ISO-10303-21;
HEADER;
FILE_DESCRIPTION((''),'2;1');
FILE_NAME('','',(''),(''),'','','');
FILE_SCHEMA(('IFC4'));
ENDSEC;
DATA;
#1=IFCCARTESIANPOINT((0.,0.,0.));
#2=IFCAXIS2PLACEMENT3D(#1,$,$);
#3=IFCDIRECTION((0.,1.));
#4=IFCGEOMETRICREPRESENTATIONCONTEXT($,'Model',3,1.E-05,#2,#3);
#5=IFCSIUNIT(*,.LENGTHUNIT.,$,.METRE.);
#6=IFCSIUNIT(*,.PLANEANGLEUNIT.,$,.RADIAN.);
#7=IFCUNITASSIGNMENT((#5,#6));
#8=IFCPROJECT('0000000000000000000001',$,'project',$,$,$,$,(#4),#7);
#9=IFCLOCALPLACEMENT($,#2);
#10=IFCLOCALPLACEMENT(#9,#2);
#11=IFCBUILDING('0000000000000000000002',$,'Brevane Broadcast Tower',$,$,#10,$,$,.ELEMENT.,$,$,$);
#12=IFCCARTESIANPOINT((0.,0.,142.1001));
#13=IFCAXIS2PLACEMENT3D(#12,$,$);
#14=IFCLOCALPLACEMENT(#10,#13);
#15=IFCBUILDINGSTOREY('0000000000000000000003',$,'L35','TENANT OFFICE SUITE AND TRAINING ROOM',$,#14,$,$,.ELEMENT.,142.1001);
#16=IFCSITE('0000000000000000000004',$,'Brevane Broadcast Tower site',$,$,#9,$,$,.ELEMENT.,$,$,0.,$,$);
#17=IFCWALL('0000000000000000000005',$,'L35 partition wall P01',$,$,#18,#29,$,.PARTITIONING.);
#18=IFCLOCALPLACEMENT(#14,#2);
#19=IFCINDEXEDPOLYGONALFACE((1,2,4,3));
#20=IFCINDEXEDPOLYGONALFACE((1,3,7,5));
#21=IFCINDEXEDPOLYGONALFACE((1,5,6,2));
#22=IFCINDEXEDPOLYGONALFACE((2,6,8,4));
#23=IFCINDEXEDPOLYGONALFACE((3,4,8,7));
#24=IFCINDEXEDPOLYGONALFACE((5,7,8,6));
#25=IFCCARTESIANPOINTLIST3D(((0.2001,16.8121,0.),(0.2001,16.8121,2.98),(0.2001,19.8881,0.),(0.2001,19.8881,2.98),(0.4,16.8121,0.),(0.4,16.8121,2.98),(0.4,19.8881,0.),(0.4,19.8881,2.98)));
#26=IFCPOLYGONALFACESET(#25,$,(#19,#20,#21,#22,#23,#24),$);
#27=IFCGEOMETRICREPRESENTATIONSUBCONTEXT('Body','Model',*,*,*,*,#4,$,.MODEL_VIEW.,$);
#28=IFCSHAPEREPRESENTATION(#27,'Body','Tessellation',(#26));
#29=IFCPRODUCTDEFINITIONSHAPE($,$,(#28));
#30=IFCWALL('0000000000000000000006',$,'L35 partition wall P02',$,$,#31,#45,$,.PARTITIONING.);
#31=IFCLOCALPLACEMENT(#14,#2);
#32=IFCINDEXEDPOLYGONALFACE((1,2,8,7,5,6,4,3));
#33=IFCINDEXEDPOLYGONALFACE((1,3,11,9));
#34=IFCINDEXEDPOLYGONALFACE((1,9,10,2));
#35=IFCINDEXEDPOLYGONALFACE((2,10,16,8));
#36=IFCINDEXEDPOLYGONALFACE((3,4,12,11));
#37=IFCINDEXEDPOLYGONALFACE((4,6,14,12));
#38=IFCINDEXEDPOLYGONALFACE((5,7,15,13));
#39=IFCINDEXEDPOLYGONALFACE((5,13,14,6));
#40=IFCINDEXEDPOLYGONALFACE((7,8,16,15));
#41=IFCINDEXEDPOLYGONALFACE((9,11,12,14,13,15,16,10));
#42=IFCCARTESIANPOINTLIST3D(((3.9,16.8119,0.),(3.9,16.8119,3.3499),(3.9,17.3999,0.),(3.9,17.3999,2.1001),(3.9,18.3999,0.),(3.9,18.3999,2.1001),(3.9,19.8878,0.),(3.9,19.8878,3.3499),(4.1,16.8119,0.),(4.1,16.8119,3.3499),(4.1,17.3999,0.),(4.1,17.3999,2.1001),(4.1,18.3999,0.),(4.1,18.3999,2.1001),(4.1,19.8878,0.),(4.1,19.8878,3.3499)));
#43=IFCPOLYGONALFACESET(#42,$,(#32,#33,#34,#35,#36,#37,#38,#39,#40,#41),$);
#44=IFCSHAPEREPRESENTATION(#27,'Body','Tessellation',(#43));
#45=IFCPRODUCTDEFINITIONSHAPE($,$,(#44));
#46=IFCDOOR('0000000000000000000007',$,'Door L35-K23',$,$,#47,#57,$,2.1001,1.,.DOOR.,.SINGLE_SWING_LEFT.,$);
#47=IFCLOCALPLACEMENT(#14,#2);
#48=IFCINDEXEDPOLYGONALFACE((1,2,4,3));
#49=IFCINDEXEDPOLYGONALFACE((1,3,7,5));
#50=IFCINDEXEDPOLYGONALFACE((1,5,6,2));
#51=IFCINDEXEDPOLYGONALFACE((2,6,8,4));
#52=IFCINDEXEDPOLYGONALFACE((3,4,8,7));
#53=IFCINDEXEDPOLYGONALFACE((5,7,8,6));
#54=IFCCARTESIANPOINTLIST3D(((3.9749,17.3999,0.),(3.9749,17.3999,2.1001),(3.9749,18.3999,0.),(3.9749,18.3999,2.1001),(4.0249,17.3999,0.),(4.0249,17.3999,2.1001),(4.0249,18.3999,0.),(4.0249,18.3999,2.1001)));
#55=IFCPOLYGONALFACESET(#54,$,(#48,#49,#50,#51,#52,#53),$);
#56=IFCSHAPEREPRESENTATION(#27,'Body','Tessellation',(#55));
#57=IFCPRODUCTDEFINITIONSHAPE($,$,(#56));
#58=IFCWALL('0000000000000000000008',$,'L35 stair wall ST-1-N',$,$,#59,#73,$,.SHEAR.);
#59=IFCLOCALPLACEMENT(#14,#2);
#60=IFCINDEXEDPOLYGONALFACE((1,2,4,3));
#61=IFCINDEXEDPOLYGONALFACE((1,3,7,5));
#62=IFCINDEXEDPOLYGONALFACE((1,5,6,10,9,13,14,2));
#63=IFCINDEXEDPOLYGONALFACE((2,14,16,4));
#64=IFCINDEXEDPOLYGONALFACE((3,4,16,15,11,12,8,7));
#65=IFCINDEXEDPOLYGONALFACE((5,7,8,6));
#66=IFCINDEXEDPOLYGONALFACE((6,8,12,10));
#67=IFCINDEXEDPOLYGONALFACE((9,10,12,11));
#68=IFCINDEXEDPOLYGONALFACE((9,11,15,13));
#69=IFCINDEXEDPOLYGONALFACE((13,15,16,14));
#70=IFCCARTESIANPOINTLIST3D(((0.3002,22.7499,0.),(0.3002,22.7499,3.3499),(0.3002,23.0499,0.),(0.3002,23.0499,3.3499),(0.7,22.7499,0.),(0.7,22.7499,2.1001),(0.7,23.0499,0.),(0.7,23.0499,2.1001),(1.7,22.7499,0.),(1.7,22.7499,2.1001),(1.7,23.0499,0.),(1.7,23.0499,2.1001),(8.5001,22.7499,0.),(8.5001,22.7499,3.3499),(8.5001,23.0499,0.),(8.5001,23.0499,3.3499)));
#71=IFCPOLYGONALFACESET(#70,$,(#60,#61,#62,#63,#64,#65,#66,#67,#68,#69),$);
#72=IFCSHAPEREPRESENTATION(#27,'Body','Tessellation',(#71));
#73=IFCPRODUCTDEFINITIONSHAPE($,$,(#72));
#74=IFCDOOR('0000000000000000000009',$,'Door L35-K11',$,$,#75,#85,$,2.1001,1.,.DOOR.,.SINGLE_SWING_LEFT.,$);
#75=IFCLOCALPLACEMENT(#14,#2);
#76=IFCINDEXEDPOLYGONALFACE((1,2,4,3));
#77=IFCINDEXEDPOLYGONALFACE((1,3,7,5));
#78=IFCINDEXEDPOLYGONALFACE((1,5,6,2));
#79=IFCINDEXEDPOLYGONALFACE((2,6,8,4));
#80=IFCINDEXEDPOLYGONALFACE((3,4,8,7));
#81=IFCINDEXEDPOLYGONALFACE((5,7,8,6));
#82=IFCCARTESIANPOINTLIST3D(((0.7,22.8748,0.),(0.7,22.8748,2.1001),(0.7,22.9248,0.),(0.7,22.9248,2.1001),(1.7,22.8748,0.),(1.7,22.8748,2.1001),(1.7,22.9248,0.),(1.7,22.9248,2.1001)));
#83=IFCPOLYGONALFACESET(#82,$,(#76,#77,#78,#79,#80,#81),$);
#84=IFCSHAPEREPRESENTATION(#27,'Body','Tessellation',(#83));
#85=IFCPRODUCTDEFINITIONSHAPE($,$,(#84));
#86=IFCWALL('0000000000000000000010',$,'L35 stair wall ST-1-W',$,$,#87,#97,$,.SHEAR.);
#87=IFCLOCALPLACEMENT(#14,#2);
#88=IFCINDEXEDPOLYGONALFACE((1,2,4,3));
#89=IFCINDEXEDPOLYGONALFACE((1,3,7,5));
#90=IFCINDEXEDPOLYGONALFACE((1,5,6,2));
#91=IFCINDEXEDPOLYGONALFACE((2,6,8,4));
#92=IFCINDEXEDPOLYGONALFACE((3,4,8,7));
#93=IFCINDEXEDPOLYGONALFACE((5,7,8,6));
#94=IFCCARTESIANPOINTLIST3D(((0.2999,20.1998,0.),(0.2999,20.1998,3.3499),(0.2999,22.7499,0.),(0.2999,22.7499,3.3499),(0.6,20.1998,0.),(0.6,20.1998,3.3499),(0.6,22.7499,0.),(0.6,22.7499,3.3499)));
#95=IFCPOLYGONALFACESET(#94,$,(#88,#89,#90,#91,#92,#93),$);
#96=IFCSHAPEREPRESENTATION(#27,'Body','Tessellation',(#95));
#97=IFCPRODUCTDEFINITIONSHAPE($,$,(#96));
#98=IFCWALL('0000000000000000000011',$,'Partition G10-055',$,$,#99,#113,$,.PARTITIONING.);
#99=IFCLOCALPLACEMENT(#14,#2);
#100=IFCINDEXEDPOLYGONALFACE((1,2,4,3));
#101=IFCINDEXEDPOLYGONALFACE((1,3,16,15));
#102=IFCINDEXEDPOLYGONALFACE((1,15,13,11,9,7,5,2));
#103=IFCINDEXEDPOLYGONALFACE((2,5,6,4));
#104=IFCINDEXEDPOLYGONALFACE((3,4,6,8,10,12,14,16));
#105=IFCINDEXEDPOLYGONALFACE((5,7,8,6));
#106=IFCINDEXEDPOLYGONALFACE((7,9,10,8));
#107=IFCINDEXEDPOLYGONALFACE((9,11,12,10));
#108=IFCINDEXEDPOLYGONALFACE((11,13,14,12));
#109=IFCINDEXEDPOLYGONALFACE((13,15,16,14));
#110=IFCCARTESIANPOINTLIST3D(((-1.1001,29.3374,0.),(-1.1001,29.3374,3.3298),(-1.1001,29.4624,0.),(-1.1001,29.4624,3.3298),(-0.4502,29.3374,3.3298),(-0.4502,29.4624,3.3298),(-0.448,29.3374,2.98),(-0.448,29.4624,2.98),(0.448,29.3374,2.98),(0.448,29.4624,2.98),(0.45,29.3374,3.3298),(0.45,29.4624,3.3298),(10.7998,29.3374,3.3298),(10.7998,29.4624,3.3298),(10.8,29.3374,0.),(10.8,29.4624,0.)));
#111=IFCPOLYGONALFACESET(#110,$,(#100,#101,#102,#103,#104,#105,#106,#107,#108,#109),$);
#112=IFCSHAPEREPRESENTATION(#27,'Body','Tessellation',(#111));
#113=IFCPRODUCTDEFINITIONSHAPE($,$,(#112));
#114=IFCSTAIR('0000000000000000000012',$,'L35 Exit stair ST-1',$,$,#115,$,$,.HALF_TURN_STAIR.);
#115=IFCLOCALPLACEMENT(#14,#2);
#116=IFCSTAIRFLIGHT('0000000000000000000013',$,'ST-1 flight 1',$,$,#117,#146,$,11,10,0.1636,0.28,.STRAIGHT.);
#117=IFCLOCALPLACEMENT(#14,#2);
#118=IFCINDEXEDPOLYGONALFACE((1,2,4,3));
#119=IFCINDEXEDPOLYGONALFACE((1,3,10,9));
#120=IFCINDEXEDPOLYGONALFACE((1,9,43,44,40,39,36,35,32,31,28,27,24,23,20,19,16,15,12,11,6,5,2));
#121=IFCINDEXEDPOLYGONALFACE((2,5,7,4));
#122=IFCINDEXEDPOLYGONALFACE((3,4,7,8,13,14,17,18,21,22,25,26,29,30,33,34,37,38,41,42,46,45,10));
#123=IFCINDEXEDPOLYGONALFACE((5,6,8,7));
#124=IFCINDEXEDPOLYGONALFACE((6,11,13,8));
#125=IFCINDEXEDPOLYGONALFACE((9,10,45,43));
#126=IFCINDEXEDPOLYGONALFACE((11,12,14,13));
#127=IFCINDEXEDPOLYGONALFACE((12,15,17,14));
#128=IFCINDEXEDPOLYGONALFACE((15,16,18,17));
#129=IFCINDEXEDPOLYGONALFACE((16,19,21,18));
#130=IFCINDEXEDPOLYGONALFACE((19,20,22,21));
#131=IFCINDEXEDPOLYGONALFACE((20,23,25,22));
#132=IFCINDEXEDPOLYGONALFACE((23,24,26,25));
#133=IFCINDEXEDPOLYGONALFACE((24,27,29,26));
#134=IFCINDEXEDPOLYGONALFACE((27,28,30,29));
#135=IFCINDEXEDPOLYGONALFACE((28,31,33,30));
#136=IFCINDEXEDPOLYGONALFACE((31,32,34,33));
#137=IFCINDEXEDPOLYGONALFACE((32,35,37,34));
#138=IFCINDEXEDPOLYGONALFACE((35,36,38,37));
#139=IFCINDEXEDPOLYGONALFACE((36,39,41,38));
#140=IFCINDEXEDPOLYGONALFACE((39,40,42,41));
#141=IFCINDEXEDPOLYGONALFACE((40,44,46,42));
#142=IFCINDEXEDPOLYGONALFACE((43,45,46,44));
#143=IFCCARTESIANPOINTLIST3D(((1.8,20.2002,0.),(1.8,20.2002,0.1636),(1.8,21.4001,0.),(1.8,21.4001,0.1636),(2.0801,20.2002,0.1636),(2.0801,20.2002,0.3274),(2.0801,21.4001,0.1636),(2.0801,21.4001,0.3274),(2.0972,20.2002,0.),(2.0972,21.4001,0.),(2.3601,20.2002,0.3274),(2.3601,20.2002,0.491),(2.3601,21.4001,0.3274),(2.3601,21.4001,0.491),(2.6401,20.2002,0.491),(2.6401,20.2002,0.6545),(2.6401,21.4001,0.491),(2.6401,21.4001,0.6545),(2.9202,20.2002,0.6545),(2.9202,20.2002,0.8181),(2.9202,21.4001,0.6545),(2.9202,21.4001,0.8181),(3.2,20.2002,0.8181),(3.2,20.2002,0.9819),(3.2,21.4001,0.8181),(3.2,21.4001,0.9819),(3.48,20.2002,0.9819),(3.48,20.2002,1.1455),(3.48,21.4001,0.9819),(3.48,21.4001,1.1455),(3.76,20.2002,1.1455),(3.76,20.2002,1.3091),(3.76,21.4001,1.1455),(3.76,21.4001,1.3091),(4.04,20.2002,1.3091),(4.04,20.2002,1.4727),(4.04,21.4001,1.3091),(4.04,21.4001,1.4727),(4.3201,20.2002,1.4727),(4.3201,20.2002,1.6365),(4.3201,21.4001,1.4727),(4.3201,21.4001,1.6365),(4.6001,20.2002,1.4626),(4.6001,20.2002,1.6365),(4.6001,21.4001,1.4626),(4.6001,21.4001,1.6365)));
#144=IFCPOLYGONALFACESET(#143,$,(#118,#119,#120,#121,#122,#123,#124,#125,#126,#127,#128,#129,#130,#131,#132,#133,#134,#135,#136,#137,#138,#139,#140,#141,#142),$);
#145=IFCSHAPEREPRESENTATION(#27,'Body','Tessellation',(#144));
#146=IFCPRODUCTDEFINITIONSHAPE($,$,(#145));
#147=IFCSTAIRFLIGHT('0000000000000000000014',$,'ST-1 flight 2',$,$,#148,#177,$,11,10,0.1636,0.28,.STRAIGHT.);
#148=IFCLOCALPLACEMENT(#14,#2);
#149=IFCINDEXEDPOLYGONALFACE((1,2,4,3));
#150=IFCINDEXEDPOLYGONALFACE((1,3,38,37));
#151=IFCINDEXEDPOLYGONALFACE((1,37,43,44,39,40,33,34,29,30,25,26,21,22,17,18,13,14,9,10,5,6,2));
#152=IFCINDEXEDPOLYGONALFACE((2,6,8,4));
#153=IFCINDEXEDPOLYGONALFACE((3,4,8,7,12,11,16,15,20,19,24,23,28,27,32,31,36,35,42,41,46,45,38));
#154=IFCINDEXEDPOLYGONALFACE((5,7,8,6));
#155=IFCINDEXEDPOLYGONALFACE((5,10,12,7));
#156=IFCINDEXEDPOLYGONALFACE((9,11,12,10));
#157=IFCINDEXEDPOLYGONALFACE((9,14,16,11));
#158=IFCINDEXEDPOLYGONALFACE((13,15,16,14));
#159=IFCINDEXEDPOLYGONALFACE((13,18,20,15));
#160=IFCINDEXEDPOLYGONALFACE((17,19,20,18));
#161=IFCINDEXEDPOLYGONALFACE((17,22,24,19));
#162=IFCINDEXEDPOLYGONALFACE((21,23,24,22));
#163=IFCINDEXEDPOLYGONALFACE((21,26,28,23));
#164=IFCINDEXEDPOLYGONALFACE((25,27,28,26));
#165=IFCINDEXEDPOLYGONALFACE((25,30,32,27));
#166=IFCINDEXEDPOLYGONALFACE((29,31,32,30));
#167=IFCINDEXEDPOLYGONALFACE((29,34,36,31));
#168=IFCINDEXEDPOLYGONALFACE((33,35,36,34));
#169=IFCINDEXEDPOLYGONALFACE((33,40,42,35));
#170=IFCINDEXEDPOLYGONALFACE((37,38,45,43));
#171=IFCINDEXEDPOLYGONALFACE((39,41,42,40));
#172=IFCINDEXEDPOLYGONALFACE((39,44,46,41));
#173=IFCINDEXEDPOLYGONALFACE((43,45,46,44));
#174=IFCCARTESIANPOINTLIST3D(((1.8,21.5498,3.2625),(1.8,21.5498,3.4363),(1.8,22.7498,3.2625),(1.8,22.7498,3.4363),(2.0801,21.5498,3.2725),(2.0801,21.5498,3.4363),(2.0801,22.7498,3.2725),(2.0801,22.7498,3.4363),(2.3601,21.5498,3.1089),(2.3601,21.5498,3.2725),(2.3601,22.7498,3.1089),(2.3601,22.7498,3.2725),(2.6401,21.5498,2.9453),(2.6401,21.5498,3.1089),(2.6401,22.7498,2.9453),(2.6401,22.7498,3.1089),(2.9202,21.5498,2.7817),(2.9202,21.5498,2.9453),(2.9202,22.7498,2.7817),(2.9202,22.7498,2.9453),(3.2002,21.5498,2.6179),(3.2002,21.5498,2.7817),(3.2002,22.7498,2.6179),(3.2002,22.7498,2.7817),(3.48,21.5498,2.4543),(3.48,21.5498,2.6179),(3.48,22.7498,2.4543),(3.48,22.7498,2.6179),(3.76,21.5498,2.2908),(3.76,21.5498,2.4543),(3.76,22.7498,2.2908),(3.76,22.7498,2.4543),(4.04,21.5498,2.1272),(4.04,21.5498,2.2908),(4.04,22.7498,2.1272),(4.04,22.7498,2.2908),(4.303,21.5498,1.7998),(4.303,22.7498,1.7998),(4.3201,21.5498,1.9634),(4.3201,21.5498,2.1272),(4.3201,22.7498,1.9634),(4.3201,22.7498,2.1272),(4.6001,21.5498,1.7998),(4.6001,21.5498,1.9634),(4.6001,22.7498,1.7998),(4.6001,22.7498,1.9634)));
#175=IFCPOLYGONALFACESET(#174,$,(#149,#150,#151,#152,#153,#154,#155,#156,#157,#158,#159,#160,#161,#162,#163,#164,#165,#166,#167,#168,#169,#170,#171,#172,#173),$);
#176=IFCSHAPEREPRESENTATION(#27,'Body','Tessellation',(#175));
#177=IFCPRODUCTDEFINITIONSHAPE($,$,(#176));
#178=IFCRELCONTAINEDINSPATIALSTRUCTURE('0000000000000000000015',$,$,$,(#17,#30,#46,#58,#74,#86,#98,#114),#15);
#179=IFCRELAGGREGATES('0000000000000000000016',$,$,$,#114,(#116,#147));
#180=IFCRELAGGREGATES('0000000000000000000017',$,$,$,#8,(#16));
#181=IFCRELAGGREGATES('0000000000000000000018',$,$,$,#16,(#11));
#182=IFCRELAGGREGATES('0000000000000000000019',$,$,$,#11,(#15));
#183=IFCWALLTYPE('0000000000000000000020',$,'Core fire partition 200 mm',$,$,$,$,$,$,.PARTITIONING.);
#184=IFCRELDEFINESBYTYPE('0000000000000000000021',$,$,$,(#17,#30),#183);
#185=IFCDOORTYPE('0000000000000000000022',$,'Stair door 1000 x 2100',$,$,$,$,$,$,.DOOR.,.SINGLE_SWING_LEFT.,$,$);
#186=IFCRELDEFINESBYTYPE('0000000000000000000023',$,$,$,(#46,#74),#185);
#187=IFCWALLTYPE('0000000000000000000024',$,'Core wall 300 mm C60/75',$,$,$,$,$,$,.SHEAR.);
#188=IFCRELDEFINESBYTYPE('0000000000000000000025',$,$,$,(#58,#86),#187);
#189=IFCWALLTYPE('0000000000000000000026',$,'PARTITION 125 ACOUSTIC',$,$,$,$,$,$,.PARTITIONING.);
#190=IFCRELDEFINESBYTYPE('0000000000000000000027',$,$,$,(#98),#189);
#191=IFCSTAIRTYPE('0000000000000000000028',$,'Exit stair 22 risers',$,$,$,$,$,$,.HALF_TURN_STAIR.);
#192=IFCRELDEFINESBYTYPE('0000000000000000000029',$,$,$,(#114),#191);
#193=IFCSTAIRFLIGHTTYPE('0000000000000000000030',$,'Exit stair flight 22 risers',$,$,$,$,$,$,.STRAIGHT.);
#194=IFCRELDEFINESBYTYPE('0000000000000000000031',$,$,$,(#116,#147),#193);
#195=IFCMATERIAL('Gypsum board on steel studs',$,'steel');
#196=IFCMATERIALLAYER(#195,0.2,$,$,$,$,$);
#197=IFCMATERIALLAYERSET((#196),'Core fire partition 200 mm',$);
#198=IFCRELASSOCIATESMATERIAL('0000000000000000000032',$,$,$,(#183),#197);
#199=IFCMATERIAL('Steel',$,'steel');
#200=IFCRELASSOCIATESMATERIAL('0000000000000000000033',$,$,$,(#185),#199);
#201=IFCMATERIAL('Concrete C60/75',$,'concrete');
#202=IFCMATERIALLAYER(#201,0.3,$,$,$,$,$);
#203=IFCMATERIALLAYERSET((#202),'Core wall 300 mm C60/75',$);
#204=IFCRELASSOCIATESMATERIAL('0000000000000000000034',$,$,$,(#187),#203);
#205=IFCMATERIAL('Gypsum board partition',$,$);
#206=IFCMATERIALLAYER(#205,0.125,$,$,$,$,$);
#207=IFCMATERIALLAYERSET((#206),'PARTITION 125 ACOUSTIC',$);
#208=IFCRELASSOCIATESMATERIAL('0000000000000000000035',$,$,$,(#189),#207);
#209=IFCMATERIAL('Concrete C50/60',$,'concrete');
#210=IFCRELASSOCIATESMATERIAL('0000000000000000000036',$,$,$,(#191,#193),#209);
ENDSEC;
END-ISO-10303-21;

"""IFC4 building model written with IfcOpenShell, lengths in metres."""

from ifc_helpers import new_model, si_unit, direction, frame, frame_2d, origin, place, context, subcontext, project, spatial, polyline, rectangle, outline, extrude, material, layer, layer_set, type_object, element, fill, aggregate, save


model = new_model("IFC4")

# Units and contexts
model_context = context("Model", 3, precision=1e-05, world=origin(), true_north=direction((0.0, 1.0)))
body_context = subcontext(model_context, "Body", "Model", "MODEL_VIEW")
ifc_project = project(units=[si_unit("LENGTHUNIT", "METRE"), si_unit("PLANEANGLEUNIT", "RADIAN")], contexts=[model_context])

# Site, building, storey
site_placement = place(None, origin())
site = spatial("IfcSite", under=ifc_project, at=site_placement, Name="Brevane Broadcast Tower site", CompositionType="ELEMENT", RefElevation=0.0)
building_placement = place(site_placement, origin())
building = spatial("IfcBuilding", under=site, at=building_placement, Name="Brevane Broadcast Tower", CompositionType="ELEMENT")
storey_placement = place(building_placement, frame((0.0, 0.0, 142.1001)))
storey = spatial("IfcBuildingStorey", under=building, at=storey_placement, Name="L35", Description="TENANT OFFICE SUITE AND TRAINING ROOM", CompositionType="ELEMENT", Elevation=142.1001)

# Shared definitions
ifc_material_1 = material(Name="Concrete C60/75", Category="concrete")

# Wall
ifc_material_2 = material(Name="Gypsum board on steel studs", Category="steel")
ifc_layer_1 = layer(ifc_material_2, 0.2)
ifc_layer_set_1 = layer_set([ifc_layer_1], Name="Core fire partition 200 mm")
wall_type_1 = type_object("IfcWallType", Name="Core fire partition 200 mm", PredefinedType="PARTITIONING", material=ifc_layer_set_1)
wall_1_placement = place(storey_placement, frame((0.3, 16.812, 0.0), z_axis=(0.0, 0.0, 1.0), x_axis=(0.0, 1.0, 0.0)))
element("IfcWall", 1, at=wall_1_placement, inside=storey, type_object=wall_type_1, Name="L35 partition wall P01", PredefinedType="PARTITIONING", context=body_context, shape_type="SweptSolid", body=[
    extrude(rectangle(XDim=3.0759, YDim=0.2, at=frame_2d((1.5381, 0.0))), origin(), (0.0, 0.0, 1.0), 2.98),
])

# Walls, openings, doors
wall_2_placement = place(storey_placement, frame((4.0, 19.8879, 0.0), z_axis=(0.0, 0.0, 1.0), x_axis=(0.0, -1.0, 0.0)))
wall_2 = element("IfcWall", 2, at=wall_2_placement, inside=storey, type_object=wall_type_1, Name="L35 partition wall P02", PredefinedType="PARTITIONING", context=body_context, shape_type="SweptSolid", body=[
    extrude(rectangle(XDim=3.0759, YDim=0.2, at=frame_2d((1.5381, 0.0))), origin(), (0.0, 0.0, 1.0), 3.3499),
])
opening_1_placement = place(wall_2_placement, frame((1.488, 0.0, 0.0)))
opening_1 = element("IfcOpeningElement", 3, at=opening_1_placement, cuts=wall_2, PredefinedType="OPENING", context=body_context, shape_type="SweptSolid", body=[
    extrude(rectangle(XDim=1.0, YDim=2.1001, at=frame_2d((0.5, 1.05))), frame((0.0, 0.1099, 0.0), z_axis=(0.0, -1.0, 0.0), x_axis=(1.0, 0.0, 0.0)), (0.0, 0.0, 1.0), 0.22),
])
ifc_material_3 = material(Name="Steel", Category="steel")
door_type = type_object("IfcDoorType", Name="Stair door 1000 x 2100", OperationType="SINGLE_SWING_LEFT", PredefinedType="DOOR", material=ifc_material_3)
door_1_placement = place(opening_1_placement, origin())
door_1 = element("IfcDoor", 4, at=door_1_placement, inside=storey, type_object=door_type, Name="Door L35-K23", OperationType="SINGLE_SWING_LEFT", OverallHeight=2.1001, OverallWidth=1.0, PredefinedType="DOOR", context=body_context, shape_type="SweptSolid", body=[
    extrude(rectangle(XDim=1.0, YDim=2.1001, at=frame_2d((0.5, 1.05))), frame((0.0, 0.0249, 0.0), z_axis=(0.0, -1.0, 0.0), x_axis=(1.0, 0.0, 0.0)), (0.0, 0.0, 1.0), 0.05),
])
fill(opening_1, door_1)
ifc_layer_2 = layer(ifc_material_1, 0.3)
ifc_layer_set_2 = layer_set([ifc_layer_2], Name="Core wall 300 mm C60/75")
wall_type_2 = type_object("IfcWallType", Name="Core wall 300 mm C60/75", PredefinedType="SHEAR", material=ifc_layer_set_2)
wall_3_placement = place(storey_placement, frame((0.3, 22.8999, 0.0), z_axis=(0.0, 0.0, 1.0), x_axis=(1.0, 0.0, 0.0)))
wall_3 = element("IfcWall", 5, at=wall_3_placement, inside=storey, type_object=wall_type_2, Name="L35 stair wall ST-1-N", PredefinedType="SHEAR", context=body_context, shape_type="SweptSolid", body=[
    extrude(rectangle(XDim=8.2, YDim=0.3, at=frame_2d((4.1001, 0.0))), origin(), (0.0, 0.0, 1.0), 3.3499),
])
opening_2_placement = place(wall_3_placement, frame((0.3999, 0.0, 0.0)))
opening_2 = element("IfcOpeningElement", 6, at=opening_2_placement, cuts=wall_3, PredefinedType="OPENING", context=body_context, shape_type="SweptSolid", body=[
    extrude(rectangle(XDim=1.0, YDim=2.1001, at=frame_2d((0.5, 1.05))), frame((0.0, 0.1599, 0.0), z_axis=(0.0, -1.0, 0.0), x_axis=(1.0, 0.0, 0.0)), (0.0, 0.0, 1.0), 0.3201),
])
door_2_placement = place(opening_2_placement, origin())
door_2 = element("IfcDoor", 7, at=door_2_placement, inside=storey, type_object=door_type, Name="Door L35-K11", OperationType="SINGLE_SWING_LEFT", OverallHeight=2.1001, OverallWidth=1.0, PredefinedType="DOOR", context=body_context, shape_type="SweptSolid", body=[
    extrude(rectangle(XDim=1.0, YDim=2.1001, at=frame_2d((0.5, 1.05))), frame((0.0, 0.0249, 0.0), z_axis=(0.0, -1.0, 0.0), x_axis=(1.0, 0.0, 0.0)), (0.0, 0.0, 1.0), 0.05),
])
fill(opening_2, door_2)

# Walls
wall_4_placement = place(storey_placement, frame((0.45, 20.2, 0.0), z_axis=(0.0, 0.0, 1.0), x_axis=(0.0, 1.0, 0.0)))
element("IfcWall", 8, at=wall_4_placement, inside=storey, type_object=wall_type_2, Name="L35 stair wall ST-1-W", PredefinedType="SHEAR", context=body_context, shape_type="SweptSolid", body=[
    extrude(rectangle(XDim=2.55, YDim=0.3, at=frame_2d((1.2749, 0.0))), origin(), (0.0, 0.0, 1.0), 3.3499),
])
ifc_material_4 = material(Name="Gypsum board partition")
ifc_layer_3 = layer(ifc_material_4, 0.125)
ifc_layer_set_3 = layer_set([ifc_layer_3], Name="PARTITION 125 ACOUSTIC")
wall_type_3 = type_object("IfcWallType", Name="PARTITION 125 ACOUSTIC", PredefinedType="PARTITIONING", material=ifc_layer_set_3)
wall_5_placement = place(storey_placement, frame((-1.1001, 29.3999, 0.0), z_axis=(0.0, 0.0, 1.0), x_axis=(1.0, 0.0, 0.0)))
element("IfcWall", 9, at=wall_5_placement, inside=storey, type_object=wall_type_3, Name="Partition G10-055", PredefinedType="PARTITIONING", context=body_context, shape_type="SweptSolid", body=[
    extrude(outline(polyline([(0.0, 0.0), (11.9001, 0.0), (11.8999, 3.3298), (1.55, 3.3298), (1.5481, 2.98), (0.6521, 2.98), (0.6499, 3.3298), (0.0, 3.3298), (0.0, 0.0)])), frame((0.0, 0.0625, 0.0), z_axis=(0.0, -1.0, 0.0), x_axis=(1.0, 0.0, 0.0)), (0.0, 0.0, 1.0), 0.125),
])

# Stair, stair flights
ifc_material_5 = material(Name="Concrete C50/60", Category="concrete")
stair_type = type_object("IfcStairType", Name="Exit stair 22 risers", PredefinedType="HALF_TURN_STAIR", material=ifc_material_5)
stair_placement = place(storey_placement, origin())
stair = element("IfcStair", 10, at=stair_placement, inside=storey, type_object=stair_type, Name="L35 Exit stair ST-1", PredefinedType="HALF_TURN_STAIR")
stair_flight_type = type_object("IfcStairFlightType", Name="Exit stair flight 22 risers", PredefinedType="STRAIGHT", material=ifc_material_5)
stair_flight_1_placement = place(storey_placement, frame((1.8, 20.8, 0.0), z_axis=(0.0, 0.0, 1.0), x_axis=(1.0, 0.0, 0.0)))
stair_flight_1 = element("IfcStairFlight", 11, at=stair_flight_1_placement, type_object=stair_flight_type, Name="ST-1 flight 1", NumberOfRisers=11, NumberOfTreads=10, PredefinedType="STRAIGHT", RiserHeight=0.1636, TreadLength=0.28, context=body_context, shape_type="SweptSolid", body=[
    extrude(outline(polyline([(0.0, 0.0), (0.0, 0.1636), (0.28, 0.1636), (0.28, 0.3274), (0.5601, 0.3274), (0.5601, 0.491), (0.8401, 0.491), (0.8401, 0.6545), (1.1201, 0.6545), (1.1201, 0.8181), (1.3999, 0.8181), (1.3999, 0.9819), (1.6799, 0.9819), (1.6799, 1.1455), (1.96, 1.1455), (1.96, 1.3091), (2.24, 1.3091), (2.24, 1.4727), (2.52, 1.4727), (2.52, 1.6365), (2.8, 1.6365), (2.8, 1.8), (2.8, 1.4626), (0.2971, 0.0), (0.0, 0.0)])), frame((0.0, 0.6001, 0.0), z_axis=(0.0, -1.0, 0.0), x_axis=(1.0, 0.0, 0.0)), (0.0, 0.0, 1.0), 1.2),
])
stair_flight_2_placement = place(storey_placement, frame((4.6001, 22.1499, 1.7998), z_axis=(0.0, 0.0, 1.0), x_axis=(-1.0, 0.0, 0.0)))
stair_flight_2 = element("IfcStairFlight", 12, at=stair_flight_2_placement, type_object=stair_flight_type, Name="ST-1 flight 2", NumberOfRisers=11, NumberOfTreads=10, PredefinedType="STRAIGHT", RiserHeight=0.1636, TreadLength=0.28, context=body_context, shape_type="SweptSolid", body=[
    extrude(outline(polyline([(0.0, 0.0), (0.0, 0.1636), (0.28, 0.1636), (0.28, 0.3274), (0.5601, 0.3274), (0.5601, 0.491), (0.8401, 0.491), (0.8401, 0.6545), (1.1201, 0.6545), (1.1201, 0.8181), (1.3999, 0.8181), (1.3999, 0.9819), (1.6799, 0.9819), (1.6799, 1.1455), (1.96, 1.1455), (1.96, 1.3091), (2.24, 1.3091), (2.24, 1.4727), (2.52, 1.4727), (2.52, 1.6365), (2.8, 1.6365), (2.8, 1.8), (2.8, 1.4626), (0.2971, 0.0), (0.0, 0.0)])), frame((0.0, 0.6001, 0.0), z_axis=(0.0, -1.0, 0.0), x_axis=(1.0, 0.0, 0.0)), (0.0, 0.0, 1.0), 1.2),
])
aggregate(stair, [stair_flight_1, stair_flight_2])

save(model, "model.ifc")
